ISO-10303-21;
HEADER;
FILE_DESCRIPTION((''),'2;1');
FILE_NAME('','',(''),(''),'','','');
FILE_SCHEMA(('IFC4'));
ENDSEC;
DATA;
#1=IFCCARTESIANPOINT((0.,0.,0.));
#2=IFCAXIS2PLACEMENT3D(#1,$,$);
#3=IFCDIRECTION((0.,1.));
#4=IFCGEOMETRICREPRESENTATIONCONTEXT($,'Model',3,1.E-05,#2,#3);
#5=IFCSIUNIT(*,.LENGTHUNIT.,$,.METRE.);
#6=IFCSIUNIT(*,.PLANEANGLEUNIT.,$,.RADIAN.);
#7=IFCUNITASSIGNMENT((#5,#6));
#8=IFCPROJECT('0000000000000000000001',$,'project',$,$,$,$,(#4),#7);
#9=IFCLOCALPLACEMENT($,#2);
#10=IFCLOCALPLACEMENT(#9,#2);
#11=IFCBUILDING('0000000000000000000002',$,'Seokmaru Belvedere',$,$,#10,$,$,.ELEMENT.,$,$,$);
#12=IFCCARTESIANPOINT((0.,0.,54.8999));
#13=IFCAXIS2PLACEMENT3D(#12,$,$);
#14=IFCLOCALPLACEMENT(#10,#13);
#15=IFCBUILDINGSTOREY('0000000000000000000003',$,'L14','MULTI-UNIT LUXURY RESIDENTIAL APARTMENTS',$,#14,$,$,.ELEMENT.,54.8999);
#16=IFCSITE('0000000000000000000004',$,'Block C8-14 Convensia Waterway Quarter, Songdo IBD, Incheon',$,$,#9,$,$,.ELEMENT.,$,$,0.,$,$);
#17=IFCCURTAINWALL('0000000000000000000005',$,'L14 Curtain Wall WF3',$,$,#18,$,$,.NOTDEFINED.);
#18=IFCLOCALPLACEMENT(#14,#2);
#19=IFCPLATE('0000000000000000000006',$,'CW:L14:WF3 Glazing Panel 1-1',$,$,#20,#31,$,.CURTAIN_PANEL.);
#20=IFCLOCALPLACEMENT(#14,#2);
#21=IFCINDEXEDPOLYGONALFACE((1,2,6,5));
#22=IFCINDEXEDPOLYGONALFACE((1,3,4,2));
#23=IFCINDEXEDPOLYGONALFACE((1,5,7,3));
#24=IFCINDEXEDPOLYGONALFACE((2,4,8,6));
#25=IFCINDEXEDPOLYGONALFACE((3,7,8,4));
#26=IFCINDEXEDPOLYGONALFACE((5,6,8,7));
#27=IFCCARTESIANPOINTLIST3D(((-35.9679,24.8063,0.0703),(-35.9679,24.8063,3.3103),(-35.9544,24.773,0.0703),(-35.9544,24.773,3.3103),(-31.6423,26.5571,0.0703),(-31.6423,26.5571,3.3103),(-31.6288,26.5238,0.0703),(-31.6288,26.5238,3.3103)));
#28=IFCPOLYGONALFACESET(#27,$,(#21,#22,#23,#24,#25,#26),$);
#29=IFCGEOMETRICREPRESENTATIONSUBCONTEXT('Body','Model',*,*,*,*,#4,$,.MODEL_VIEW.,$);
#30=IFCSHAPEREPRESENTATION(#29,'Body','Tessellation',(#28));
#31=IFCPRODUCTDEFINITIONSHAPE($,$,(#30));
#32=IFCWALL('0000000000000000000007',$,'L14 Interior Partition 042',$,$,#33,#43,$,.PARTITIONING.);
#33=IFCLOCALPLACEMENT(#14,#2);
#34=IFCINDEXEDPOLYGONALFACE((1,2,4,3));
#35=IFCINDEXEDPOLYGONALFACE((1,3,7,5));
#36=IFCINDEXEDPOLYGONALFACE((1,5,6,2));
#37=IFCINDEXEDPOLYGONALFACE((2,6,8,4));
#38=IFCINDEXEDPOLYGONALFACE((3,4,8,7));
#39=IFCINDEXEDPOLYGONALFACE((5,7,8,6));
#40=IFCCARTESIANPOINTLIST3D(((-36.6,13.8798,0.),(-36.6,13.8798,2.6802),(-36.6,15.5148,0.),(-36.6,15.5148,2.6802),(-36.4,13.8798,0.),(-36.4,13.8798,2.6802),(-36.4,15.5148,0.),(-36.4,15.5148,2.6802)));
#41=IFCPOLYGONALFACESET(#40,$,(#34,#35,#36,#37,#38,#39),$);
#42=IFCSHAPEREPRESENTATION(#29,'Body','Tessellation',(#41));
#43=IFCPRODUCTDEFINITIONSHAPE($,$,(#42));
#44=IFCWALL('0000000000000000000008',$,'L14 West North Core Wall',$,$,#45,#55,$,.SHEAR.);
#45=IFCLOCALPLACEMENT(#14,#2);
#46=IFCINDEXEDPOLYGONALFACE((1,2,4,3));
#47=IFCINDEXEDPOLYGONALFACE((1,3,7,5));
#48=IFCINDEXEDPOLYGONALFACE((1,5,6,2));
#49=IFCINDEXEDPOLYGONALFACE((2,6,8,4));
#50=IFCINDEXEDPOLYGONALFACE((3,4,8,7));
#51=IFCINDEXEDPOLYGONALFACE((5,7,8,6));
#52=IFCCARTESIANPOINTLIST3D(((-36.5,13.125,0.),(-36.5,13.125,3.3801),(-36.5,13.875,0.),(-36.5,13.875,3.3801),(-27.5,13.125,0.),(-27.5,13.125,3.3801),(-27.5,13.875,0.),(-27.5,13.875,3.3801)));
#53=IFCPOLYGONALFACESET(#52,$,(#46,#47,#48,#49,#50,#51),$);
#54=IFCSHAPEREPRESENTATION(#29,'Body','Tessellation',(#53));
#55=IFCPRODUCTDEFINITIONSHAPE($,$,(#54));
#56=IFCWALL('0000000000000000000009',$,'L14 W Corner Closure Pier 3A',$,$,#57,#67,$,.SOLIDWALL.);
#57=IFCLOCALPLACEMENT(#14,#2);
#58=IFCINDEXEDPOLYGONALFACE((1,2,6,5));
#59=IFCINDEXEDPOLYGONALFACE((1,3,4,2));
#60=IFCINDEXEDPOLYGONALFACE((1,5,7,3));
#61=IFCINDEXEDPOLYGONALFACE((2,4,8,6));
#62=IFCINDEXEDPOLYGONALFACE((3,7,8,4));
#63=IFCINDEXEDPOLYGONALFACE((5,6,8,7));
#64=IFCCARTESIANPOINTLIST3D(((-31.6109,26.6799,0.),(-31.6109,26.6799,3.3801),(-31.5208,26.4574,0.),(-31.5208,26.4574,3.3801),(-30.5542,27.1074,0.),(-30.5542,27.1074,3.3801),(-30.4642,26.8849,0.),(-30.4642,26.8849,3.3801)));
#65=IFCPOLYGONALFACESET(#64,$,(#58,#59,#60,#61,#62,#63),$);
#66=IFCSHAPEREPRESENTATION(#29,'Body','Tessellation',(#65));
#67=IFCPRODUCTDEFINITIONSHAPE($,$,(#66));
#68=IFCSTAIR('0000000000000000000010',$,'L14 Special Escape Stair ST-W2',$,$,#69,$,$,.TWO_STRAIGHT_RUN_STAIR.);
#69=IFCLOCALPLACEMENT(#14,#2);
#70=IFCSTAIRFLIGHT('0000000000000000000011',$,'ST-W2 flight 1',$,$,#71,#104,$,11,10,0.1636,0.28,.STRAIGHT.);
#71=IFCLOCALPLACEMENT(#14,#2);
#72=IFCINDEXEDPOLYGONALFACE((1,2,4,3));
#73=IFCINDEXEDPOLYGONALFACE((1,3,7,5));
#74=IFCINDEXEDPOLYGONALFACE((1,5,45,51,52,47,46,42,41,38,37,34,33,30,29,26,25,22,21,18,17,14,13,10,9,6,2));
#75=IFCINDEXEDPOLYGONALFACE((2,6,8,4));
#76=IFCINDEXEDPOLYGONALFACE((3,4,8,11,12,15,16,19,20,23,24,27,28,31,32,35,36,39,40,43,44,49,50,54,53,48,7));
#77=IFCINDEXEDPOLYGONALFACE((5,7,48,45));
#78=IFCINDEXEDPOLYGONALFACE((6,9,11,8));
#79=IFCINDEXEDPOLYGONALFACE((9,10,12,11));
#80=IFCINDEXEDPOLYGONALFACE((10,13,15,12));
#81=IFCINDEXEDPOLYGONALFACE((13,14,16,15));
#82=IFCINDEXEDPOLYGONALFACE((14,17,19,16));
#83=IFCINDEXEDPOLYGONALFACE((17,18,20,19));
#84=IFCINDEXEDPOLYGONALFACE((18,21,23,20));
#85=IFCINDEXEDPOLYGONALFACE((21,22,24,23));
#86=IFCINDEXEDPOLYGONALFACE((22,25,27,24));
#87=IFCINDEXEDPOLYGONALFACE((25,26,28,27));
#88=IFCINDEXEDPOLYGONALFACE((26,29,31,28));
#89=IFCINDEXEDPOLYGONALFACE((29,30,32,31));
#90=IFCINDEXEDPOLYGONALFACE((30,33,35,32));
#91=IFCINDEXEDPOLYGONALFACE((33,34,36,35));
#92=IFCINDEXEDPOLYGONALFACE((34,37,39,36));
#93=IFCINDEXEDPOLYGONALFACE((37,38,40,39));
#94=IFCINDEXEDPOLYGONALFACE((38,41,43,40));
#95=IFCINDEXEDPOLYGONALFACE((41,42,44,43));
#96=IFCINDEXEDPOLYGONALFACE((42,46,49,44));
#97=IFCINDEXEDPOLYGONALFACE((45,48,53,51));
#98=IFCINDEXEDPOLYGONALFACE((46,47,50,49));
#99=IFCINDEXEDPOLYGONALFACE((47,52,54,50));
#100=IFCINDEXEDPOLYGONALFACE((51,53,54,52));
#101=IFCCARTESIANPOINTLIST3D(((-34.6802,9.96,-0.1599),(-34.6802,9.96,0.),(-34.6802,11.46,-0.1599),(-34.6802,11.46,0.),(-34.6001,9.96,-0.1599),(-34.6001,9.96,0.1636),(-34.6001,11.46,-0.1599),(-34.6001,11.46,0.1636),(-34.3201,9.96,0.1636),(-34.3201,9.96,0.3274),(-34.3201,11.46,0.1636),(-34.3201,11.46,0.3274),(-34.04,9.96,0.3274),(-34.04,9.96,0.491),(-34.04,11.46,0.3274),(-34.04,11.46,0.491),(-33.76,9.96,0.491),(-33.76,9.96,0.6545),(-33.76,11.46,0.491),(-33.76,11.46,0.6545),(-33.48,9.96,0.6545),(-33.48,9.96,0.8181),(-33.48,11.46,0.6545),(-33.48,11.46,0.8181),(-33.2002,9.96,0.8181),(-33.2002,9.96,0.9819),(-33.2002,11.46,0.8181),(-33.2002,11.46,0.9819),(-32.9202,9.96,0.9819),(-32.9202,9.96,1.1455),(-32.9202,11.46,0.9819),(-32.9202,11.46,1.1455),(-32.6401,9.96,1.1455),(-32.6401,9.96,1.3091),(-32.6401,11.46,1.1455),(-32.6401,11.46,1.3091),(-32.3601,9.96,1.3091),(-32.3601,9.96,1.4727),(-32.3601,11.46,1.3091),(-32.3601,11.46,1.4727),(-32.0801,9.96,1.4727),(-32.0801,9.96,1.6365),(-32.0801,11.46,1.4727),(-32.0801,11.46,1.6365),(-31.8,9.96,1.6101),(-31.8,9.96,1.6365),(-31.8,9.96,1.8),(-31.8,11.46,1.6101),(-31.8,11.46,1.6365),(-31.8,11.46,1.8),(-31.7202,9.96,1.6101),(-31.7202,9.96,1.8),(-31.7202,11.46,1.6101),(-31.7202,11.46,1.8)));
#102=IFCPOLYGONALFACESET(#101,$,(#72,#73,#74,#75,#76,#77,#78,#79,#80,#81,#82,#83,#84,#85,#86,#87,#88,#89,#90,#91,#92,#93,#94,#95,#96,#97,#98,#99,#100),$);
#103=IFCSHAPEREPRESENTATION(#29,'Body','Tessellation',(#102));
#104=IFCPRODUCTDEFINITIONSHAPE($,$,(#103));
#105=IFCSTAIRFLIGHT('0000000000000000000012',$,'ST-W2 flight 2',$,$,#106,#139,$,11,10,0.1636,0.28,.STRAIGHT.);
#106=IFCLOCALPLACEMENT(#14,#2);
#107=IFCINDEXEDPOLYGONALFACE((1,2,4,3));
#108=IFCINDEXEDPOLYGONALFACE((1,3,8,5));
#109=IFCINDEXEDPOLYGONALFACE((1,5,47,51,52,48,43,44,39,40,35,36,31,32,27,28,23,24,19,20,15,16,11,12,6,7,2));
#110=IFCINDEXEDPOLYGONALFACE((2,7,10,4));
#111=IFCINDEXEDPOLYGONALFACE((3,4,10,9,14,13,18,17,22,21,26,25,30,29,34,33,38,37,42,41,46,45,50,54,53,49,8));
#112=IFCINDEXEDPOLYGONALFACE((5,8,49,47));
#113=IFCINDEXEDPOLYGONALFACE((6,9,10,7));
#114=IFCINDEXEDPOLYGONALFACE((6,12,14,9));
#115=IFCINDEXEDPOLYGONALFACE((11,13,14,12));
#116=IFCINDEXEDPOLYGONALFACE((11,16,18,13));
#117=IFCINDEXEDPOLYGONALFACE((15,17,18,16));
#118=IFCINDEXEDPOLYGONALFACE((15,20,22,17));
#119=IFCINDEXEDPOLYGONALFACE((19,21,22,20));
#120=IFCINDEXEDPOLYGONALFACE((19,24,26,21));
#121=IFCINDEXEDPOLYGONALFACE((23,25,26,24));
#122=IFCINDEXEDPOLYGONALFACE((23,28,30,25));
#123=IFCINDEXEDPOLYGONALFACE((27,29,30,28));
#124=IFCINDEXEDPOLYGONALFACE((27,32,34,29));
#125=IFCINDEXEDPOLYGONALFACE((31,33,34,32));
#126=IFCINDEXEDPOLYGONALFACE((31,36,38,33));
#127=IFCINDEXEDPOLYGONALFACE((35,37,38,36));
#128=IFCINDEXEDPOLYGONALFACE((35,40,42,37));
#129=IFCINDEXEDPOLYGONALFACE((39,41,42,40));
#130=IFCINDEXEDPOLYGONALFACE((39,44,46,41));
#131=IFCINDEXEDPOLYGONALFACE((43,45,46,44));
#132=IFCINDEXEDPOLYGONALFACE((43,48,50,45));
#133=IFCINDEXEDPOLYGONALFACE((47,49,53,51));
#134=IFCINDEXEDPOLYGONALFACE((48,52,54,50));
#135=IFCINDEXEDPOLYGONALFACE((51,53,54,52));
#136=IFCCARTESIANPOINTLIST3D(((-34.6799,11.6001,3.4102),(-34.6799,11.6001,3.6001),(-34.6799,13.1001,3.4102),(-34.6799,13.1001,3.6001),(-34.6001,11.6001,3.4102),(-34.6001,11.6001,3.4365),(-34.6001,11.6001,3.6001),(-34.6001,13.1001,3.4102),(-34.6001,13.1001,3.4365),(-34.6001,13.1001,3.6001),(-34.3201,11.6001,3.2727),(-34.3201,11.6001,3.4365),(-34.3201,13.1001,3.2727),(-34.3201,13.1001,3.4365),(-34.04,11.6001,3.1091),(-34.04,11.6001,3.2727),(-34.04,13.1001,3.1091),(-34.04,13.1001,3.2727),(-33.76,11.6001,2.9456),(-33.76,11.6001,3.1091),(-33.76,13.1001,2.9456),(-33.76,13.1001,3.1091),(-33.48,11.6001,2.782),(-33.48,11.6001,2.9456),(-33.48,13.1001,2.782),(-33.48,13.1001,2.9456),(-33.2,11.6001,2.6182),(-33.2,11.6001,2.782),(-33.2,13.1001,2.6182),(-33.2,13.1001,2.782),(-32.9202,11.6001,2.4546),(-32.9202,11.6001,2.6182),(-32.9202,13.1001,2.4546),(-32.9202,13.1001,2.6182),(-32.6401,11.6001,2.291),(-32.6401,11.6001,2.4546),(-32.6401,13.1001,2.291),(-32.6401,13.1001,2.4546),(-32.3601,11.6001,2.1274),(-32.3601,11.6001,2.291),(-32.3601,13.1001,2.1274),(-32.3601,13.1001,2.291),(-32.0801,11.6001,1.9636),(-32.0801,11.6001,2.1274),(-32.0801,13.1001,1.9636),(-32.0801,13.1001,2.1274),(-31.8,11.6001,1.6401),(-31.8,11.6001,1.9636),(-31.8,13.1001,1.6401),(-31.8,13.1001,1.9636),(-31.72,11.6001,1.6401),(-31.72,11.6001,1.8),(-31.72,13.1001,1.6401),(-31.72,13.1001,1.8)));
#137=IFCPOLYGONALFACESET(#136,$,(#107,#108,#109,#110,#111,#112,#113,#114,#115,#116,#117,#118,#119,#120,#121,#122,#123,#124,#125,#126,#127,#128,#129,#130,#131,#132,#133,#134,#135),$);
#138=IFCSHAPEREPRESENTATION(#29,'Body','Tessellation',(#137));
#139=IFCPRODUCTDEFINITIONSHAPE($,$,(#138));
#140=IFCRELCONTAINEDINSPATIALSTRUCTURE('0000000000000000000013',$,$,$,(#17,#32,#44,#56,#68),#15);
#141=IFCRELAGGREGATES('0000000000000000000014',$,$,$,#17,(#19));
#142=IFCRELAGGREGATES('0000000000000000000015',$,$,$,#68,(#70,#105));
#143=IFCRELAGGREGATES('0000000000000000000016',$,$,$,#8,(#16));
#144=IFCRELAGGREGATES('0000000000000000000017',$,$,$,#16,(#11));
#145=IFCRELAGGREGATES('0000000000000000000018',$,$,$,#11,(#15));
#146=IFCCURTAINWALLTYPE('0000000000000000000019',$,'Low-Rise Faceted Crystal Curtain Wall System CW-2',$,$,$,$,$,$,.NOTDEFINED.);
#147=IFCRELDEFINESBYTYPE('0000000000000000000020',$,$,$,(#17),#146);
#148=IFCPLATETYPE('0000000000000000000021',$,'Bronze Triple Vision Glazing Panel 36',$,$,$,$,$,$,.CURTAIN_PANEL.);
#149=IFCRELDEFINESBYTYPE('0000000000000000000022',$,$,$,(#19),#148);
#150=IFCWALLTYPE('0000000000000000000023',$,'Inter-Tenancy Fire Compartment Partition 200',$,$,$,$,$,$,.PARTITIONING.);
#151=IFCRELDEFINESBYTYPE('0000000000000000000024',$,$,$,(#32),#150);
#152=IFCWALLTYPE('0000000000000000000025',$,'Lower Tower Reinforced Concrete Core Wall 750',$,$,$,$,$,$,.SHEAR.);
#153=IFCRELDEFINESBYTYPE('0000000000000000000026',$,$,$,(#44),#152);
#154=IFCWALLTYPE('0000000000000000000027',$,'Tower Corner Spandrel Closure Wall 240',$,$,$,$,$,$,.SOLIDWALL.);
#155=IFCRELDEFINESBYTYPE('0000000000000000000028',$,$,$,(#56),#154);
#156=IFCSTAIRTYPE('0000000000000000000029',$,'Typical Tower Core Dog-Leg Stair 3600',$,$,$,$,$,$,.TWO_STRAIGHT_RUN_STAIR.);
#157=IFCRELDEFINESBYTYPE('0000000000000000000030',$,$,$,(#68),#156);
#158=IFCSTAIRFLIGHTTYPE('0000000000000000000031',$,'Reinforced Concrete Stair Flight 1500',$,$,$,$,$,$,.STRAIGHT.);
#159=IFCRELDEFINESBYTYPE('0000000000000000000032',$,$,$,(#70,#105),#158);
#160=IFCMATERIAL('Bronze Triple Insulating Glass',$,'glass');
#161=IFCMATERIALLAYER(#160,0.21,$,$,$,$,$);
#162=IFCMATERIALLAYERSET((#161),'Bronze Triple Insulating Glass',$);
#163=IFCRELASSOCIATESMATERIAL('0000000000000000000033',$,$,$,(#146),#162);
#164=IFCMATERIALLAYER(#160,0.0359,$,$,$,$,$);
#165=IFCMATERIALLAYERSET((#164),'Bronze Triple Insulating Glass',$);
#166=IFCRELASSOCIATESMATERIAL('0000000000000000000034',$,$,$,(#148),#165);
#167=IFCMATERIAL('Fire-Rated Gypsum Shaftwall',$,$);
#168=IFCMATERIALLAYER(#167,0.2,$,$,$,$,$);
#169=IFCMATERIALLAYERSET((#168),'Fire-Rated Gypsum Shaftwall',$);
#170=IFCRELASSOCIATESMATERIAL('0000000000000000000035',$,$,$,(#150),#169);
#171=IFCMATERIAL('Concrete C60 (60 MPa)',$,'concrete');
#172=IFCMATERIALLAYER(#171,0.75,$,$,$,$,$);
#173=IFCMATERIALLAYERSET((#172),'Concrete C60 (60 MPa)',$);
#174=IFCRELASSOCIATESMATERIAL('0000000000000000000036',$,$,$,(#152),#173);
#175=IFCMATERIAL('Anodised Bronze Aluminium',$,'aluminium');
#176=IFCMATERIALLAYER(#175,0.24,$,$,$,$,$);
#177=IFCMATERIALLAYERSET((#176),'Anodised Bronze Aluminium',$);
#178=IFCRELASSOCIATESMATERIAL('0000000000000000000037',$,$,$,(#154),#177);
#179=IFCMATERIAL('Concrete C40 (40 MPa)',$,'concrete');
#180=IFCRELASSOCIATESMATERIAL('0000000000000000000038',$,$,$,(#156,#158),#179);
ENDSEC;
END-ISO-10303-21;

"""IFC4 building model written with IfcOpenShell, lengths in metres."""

from ifc_helpers import new_model, si_unit, direction, frame, frame_2d, origin, origin_2d, place, context, subcontext, project, spatial, polyline, rectangle, outline, extrude, source, transform, mapped, material, layer, layer_set, type_object, type_shapes, element, aggregate, save


model = new_model("IFC4")

# Units and contexts
model_context = context("Model", 3, precision=1e-05, world=origin(), true_north=direction((0.0, 1.0)))
body_context = subcontext(model_context, "Body", "Model", "MODEL_VIEW")
ifc_project = project(units=[si_unit("LENGTHUNIT", "METRE"), si_unit("PLANEANGLEUNIT", "RADIAN")], contexts=[model_context])

# Site, building, storey
site_placement = place(None, origin())
site = spatial("IfcSite", under=ifc_project, at=site_placement, Name="Block C8-14 Convensia Waterway Quarter, Songdo IBD, Incheon", CompositionType="ELEMENT", RefElevation=0.0)
building_placement = place(site_placement, origin())
building = spatial("IfcBuilding", under=site, at=building_placement, Name="Seokmaru Belvedere", CompositionType="ELEMENT")
storey_placement = place(building_placement, frame((0.0, 0.0, 54.8999)))
storey = spatial("IfcBuildingStorey", under=building, at=storey_placement, Name="L14", Description="MULTI-UNIT LUXURY RESIDENTIAL APARTMENTS", CompositionType="ELEMENT", Elevation=54.8999)

# Curtain wall, plate
ifc_material_1 = material(Name="Bronze Triple Insulating Glass", Category="glass")
ifc_layer_1 = layer(ifc_material_1, 0.21)
ifc_layer_set_1 = layer_set([ifc_layer_1], Name="Bronze Triple Insulating Glass")
curtain_wall_type = type_object("IfcCurtainWallType", Name="Low-Rise Faceted Crystal Curtain Wall System CW-2", PredefinedType="NOTDEFINED", material=ifc_layer_set_1)
curtain_wall_placement = place(storey_placement, origin())
curtain_wall = element("IfcCurtainWall", 1, at=curtain_wall_placement, inside=storey, type_object=curtain_wall_type, Name="L14 Curtain Wall WF3", PredefinedType="NOTDEFINED")
ifc_material_2 = material(Name="Anodised Bronze Aluminium", Category="aluminium")
ifc_layer_2 = layer(ifc_material_1, 0.0359)
ifc_layer_set_2 = layer_set([ifc_layer_2], Name="Bronze Triple Insulating Glass")
plate_type = type_object("IfcPlateType", Name="Bronze Triple Vision Glazing Panel 36", PredefinedType="CURTAIN_PANEL", material=ifc_layer_set_2)
shared_shape_1 = source(origin(), body_context, "Body", "SweptSolid", [
    extrude(rectangle(XDim=4.6665, YDim=0.0359, at=origin_2d()), origin(), (0.0, 0.0, 1.0), 3.24),
])
type_shapes(plate_type, [shared_shape_1])
plate_placement = place(storey_placement, frame((-33.7983, 25.665, 0.0703), z_axis=(0.0, 0.0, 1.0), x_axis=(-0.926947, -0.375192, 0.0)))
plate = element("IfcPlate", 2, at=plate_placement, type_object=plate_type, Name="CW:L14:WF3 Glazing Panel 1-1", PredefinedType="CURTAIN_PANEL", context=body_context, shape_type="MappedRepresentation", body=[
    mapped(shared_shape_1, transform((0.0, 0.0, 0.0), scale=1.0)),
])
aggregate(curtain_wall, [plate])

# Walls
ifc_material_3 = material(Name="Fire-Rated Gypsum Shaftwall")
ifc_layer_3 = layer(ifc_material_3, 0.2)
ifc_layer_set_3 = layer_set([ifc_layer_3], Name="Fire-Rated Gypsum Shaftwall")
wall_type_1 = type_object("IfcWallType", Name="Inter-Tenancy Fire Compartment Partition 200", PredefinedType="PARTITIONING", material=ifc_layer_set_3)
wall_1_placement = place(storey_placement, frame((-36.5, 13.8799, 0.0), z_axis=(0.0, 0.0, 1.0), x_axis=(0.0, 1.0, 0.0)))
element("IfcWall", 3, at=wall_1_placement, inside=storey, type_object=wall_type_1, Name="L14 Interior Partition 042", PredefinedType="PARTITIONING", context=body_context, shape_type="SweptSolid", body=[
    extrude(rectangle(XDim=1.635, YDim=0.2, at=frame_2d((0.8174, 0.0))), origin(), (0.0, 0.0, 1.0), 2.6802),
])
ifc_material_4 = material(Name="Concrete C60 (60 MPa)", Category="concrete")
ifc_layer_4 = layer(ifc_material_4, 0.75)
ifc_layer_set_4 = layer_set([ifc_layer_4], Name="Concrete C60 (60 MPa)")
wall_type_2 = type_object("IfcWallType", Name="Lower Tower Reinforced Concrete Core Wall 750", PredefinedType="SHEAR", material=ifc_layer_set_4)
wall_2_placement = place(storey_placement, frame((-36.5, 13.5, 0.0), z_axis=(0.0, 0.0, 1.0), x_axis=(1.0, 0.0, 0.0)))
element("IfcWall", 4, at=wall_2_placement, inside=storey, type_object=wall_type_2, Name="L14 West North Core Wall", PredefinedType="SHEAR", context=body_context, shape_type="SweptSolid", body=[
    extrude(rectangle(XDim=9.0, YDim=0.75, at=frame_2d((4.5, 0.0))), origin(), (0.0, 0.0, 1.0), 3.3801),
])
ifc_layer_5 = layer(ifc_material_2, 0.24)
ifc_layer_set_5 = layer_set([ifc_layer_5], Name="Anodised Bronze Aluminium")
wall_type_3 = type_object("IfcWallType", Name="Tower Corner Spandrel Closure Wall 240", PredefinedType="SOLIDWALL", material=ifc_layer_set_5)
wall_3_placement = place(storey_placement, frame((-30.5093, 26.9961, 0.0), z_axis=(0.0, 0.0, 1.0), x_axis=(-0.927007, -0.375044, 0.0)))
element("IfcWall", 5, at=wall_3_placement, inside=storey, type_object=wall_type_3, Name="L14 W Corner Closure Pier 3A", PredefinedType="SOLIDWALL", context=body_context, shape_type="SweptSolid", body=[
    extrude(rectangle(XDim=1.1399, YDim=0.24, at=frame_2d((0.5698, 0.0))), origin(), (0.0, 0.0, 1.0), 3.3801),
])

# Stair, stair flights
ifc_material_5 = material(Name="Concrete C40 (40 MPa)", Category="concrete")
stair_type = type_object("IfcStairType", Name="Typical Tower Core Dog-Leg Stair 3600", PredefinedType="TWO_STRAIGHT_RUN_STAIR", material=ifc_material_5)
stair_placement = place(storey_placement, origin())
stair = element("IfcStair", 6, at=stair_placement, inside=storey, type_object=stair_type, Name="L14 Special Escape Stair ST-W2", PredefinedType="TWO_STRAIGHT_RUN_STAIR")
stair_flight_type = type_object("IfcStairFlightType", Name="Reinforced Concrete Stair Flight 1500", PredefinedType="STRAIGHT", material=ifc_material_5)
stair_flight_1_placement = place(storey_placement, frame((-34.6001, 10.71, 0.0), z_axis=(0.0, 0.0, 1.0), x_axis=(1.0, 0.0, 0.0)))
stair_flight_1 = element("IfcStairFlight", 7, at=stair_flight_1_placement, type_object=stair_flight_type, Name="ST-W2 flight 1", NumberOfRisers=11, NumberOfTreads=10, PredefinedType="STRAIGHT", RiserHeight=0.1636, TreadLength=0.28, context=body_context, shape_type="SweptSolid", body=[
    extrude(outline(polyline([(-0.0801, 0.0), (0.0, 0.1636), (0.28, 0.1636), (0.28, 0.3274), (0.5601, 0.3274), (0.5601, 0.491), (0.8401, 0.491), (0.8401, 0.6545), (1.1201, 0.6545), (1.1201, 0.8181), (1.3999, 0.8181), (1.3999, 0.9819), (1.6799, 0.9819), (1.6799, 1.1455), (1.96, 1.1455), (1.96, 1.3091), (2.24, 1.3091), (2.24, 1.4727), (2.52, 1.4727), (2.52, 1.6365), (2.8, 1.6365), (2.8, 1.8), (2.8799, 1.8), (2.8799, 1.6101), (2.8, 1.6101), (0.0, -0.1599), (-0.0801, -0.1599), (-0.0801, 0.0)])), frame((0.0, 0.75, 0.0), z_axis=(0.0, -1.0, 0.0), x_axis=(1.0, 0.0, 0.0)), (0.0, 0.0, 1.0), 1.5),
])
stair_flight_2_placement = place(storey_placement, frame((-31.8, 12.3501, 1.8), z_axis=(0.0, 0.0, 1.0), x_axis=(-1.0, 0.0, 0.0)))
stair_flight_2 = element("IfcStairFlight", 8, at=stair_flight_2_placement, type_object=stair_flight_type, Name="ST-W2 flight 2", NumberOfRisers=11, NumberOfTreads=10, PredefinedType="STRAIGHT", RiserHeight=0.1636, TreadLength=0.28, context=body_context, shape_type="SweptSolid", body=[
    extrude(outline(polyline([(-0.0801, 0.0), (0.0, 0.1636), (0.28, 0.1636), (0.28, 0.3274), (0.5601, 0.3274), (0.5601, 0.491), (0.8401, 0.491), (0.8401, 0.6545), (1.1201, 0.6545), (1.1201, 0.8181), (1.3999, 0.8181), (1.3999, 0.9819), (1.6799, 0.9819), (1.6799, 1.1455), (1.96, 1.1455), (1.96, 1.3091), (2.24, 1.3091), (2.24, 1.4727), (2.52, 1.4727), (2.52, 1.6365), (2.8, 1.6365), (2.8, 1.8), (2.8799, 1.8), (2.8799, 1.6101), (2.8, 1.6101), (0.0, -0.1599), (-0.0801, -0.1599), (-0.0801, 0.0)])), frame((0.0, 0.75, 0.0), z_axis=(0.0, -1.0, 0.0), x_axis=(1.0, 0.0, 0.0)), (0.0, 0.0, 1.0), 1.5),
])
aggregate(stair, [stair_flight_1, stair_flight_2])

save(model, "model.ifc")
